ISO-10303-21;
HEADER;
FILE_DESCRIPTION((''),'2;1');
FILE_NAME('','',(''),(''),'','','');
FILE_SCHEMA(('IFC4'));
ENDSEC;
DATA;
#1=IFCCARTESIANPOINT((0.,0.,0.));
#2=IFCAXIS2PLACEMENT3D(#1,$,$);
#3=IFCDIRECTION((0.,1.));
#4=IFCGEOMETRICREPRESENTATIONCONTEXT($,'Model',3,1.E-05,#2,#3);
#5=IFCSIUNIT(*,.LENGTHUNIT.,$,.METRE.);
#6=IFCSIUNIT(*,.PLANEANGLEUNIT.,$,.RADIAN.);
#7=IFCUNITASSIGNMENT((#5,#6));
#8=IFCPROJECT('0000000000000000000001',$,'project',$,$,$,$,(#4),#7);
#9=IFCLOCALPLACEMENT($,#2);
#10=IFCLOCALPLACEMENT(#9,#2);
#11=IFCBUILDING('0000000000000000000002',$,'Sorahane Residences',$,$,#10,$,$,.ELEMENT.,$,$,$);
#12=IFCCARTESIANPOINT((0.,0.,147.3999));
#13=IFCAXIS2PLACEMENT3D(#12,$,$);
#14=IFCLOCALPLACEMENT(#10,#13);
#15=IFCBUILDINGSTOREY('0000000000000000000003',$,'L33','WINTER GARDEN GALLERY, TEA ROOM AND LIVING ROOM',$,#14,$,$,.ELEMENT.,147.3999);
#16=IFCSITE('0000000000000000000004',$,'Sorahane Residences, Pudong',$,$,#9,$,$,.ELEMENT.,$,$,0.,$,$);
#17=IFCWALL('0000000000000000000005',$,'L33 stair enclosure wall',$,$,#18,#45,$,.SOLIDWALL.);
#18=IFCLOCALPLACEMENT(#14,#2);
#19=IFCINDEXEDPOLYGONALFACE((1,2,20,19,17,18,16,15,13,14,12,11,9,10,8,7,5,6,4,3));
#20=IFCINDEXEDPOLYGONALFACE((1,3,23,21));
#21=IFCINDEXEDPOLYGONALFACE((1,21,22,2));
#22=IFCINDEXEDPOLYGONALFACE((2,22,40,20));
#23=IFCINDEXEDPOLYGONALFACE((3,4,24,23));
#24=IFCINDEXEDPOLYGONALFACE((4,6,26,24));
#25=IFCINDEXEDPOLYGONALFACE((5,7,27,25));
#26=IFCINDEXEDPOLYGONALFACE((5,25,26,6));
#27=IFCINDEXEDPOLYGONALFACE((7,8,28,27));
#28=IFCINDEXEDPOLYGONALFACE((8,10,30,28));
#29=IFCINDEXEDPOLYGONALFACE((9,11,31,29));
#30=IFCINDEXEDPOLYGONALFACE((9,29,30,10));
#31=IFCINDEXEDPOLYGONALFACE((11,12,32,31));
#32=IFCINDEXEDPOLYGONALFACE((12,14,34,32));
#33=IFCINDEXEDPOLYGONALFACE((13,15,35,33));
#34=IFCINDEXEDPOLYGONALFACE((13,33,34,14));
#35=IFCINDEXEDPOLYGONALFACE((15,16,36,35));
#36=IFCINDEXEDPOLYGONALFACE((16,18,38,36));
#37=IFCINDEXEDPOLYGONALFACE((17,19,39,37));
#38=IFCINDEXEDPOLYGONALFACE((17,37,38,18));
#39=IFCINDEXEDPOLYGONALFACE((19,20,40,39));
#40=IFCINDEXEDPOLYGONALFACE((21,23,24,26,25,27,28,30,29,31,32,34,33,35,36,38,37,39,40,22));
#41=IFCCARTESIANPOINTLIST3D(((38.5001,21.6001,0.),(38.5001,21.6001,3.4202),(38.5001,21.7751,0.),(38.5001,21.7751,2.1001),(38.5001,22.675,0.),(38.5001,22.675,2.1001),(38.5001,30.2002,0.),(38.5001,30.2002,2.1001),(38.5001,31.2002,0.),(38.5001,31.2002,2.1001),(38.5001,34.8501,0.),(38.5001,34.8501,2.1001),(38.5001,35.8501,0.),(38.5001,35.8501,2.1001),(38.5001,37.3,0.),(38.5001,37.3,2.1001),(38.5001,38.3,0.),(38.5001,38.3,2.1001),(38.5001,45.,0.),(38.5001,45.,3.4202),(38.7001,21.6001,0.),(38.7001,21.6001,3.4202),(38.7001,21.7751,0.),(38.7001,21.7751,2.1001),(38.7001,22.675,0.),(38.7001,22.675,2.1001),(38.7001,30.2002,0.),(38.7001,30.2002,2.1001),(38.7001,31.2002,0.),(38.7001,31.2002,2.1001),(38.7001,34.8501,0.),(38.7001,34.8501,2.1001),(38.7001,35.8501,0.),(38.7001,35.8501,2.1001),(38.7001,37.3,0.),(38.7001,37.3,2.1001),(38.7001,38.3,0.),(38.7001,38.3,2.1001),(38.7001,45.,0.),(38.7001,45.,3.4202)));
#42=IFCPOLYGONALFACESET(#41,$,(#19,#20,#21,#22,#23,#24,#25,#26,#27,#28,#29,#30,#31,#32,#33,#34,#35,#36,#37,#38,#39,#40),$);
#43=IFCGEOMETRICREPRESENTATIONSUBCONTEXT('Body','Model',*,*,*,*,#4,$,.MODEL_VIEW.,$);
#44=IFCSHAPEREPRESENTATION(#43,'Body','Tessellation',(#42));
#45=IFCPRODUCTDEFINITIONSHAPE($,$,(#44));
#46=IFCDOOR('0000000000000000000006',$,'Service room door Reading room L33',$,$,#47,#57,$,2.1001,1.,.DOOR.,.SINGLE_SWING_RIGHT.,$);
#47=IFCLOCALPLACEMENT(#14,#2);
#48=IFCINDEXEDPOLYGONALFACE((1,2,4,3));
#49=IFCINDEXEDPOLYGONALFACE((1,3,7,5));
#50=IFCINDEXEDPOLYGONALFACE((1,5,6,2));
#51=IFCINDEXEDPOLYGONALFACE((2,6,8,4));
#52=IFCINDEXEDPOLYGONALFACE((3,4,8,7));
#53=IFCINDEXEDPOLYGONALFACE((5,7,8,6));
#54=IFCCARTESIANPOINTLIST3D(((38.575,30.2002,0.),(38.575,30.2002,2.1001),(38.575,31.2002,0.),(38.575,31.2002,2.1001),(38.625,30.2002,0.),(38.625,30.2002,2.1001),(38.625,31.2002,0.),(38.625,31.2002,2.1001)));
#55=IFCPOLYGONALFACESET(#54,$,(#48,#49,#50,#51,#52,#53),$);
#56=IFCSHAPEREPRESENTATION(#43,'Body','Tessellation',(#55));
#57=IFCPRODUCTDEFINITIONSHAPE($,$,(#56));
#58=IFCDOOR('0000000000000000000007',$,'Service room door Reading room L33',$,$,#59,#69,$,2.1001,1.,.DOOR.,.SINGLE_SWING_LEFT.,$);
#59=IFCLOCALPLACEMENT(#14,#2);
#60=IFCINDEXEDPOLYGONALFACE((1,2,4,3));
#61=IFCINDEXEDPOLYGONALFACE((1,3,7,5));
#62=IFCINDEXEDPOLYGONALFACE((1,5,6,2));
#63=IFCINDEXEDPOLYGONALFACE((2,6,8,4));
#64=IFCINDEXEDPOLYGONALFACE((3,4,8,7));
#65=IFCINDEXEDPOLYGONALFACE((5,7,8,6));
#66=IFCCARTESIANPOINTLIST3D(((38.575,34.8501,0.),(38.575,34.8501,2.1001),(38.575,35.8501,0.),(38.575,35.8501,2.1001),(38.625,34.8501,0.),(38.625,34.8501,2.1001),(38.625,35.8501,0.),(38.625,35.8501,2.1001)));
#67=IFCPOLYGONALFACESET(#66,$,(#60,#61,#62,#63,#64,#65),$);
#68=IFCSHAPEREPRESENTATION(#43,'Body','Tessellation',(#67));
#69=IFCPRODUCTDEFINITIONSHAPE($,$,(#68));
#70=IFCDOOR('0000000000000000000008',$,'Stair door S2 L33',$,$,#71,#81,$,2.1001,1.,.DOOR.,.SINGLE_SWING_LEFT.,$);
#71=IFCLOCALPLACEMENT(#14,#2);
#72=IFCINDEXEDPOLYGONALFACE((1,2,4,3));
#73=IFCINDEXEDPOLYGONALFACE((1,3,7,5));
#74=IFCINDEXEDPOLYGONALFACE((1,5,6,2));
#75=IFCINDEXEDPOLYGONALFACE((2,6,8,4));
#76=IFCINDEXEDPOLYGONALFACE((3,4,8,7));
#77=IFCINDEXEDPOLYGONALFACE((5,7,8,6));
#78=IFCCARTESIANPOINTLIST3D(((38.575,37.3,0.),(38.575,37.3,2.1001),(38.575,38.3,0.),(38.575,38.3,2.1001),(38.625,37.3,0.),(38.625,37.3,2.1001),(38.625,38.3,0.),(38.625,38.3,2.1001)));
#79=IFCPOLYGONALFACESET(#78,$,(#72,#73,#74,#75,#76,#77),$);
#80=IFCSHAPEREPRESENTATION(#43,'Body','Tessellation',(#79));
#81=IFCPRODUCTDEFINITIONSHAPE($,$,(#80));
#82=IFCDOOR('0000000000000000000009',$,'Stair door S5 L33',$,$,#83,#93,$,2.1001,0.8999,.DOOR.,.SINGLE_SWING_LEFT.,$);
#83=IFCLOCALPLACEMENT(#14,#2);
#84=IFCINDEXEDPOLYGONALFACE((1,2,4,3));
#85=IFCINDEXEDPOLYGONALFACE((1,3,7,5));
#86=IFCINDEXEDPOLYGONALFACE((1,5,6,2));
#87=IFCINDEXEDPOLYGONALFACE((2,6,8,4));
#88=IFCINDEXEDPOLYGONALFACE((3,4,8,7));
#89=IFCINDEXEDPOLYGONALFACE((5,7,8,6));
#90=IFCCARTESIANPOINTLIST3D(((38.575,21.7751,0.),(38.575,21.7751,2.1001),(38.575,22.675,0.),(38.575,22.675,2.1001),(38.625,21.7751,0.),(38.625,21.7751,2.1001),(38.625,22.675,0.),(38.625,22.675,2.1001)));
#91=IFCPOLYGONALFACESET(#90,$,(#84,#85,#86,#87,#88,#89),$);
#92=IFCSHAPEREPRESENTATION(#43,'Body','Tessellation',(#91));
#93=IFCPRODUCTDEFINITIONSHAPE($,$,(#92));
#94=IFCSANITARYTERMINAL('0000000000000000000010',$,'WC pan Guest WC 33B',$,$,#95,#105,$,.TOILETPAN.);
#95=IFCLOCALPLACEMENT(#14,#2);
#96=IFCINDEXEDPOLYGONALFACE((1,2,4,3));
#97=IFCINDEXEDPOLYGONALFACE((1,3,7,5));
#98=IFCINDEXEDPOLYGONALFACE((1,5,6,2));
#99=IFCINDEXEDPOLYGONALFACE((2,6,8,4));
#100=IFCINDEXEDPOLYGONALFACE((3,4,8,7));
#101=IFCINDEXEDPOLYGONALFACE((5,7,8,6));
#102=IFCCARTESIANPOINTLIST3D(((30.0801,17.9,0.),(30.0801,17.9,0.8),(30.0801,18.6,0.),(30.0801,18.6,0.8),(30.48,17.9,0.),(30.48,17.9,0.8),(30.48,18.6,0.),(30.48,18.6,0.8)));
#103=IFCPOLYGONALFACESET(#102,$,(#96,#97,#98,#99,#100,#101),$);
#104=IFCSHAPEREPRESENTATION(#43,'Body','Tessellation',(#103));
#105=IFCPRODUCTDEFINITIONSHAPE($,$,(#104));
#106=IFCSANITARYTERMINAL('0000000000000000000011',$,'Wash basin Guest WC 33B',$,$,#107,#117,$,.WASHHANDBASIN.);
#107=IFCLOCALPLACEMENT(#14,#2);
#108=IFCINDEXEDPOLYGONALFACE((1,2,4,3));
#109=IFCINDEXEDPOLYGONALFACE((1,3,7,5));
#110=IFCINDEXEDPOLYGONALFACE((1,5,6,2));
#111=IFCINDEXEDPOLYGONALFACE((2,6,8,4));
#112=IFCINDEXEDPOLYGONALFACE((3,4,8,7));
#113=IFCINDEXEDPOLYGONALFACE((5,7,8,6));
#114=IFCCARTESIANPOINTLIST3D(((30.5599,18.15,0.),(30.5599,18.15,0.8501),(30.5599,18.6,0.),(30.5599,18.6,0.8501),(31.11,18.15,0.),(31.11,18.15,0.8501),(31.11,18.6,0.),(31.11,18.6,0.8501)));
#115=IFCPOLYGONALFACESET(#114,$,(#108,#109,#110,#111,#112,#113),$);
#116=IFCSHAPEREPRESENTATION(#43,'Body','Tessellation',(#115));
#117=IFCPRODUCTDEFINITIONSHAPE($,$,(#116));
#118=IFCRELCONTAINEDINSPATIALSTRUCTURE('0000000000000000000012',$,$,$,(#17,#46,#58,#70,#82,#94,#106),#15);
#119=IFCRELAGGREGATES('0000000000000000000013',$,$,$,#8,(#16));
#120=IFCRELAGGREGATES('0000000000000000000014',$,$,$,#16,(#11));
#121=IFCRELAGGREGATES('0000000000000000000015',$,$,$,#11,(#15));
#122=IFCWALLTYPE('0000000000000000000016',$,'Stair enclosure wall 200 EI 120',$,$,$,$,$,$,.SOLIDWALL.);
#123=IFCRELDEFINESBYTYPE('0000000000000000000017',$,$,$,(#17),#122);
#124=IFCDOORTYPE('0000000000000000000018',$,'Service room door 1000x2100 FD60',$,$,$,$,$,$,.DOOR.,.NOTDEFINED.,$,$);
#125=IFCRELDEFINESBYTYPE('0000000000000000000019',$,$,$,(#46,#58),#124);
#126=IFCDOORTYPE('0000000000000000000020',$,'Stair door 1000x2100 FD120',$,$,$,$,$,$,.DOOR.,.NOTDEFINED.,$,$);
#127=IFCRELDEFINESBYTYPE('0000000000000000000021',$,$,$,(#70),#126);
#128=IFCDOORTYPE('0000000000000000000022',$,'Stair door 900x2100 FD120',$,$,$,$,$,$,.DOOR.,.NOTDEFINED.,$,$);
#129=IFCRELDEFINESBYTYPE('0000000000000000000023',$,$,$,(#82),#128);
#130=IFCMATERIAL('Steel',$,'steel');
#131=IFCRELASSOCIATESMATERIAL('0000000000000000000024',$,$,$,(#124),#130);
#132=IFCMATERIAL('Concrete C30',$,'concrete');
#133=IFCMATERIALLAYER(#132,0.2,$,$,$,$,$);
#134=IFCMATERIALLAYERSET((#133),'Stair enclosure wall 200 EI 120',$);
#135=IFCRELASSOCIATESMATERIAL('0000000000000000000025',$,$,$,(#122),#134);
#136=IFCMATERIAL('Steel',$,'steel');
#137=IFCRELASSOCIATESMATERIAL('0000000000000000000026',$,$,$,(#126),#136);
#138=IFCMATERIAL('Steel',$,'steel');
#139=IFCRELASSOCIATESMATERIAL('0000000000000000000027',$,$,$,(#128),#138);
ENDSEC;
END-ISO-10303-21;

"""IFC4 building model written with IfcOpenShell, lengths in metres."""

from ifc_helpers import new_model, si_unit, direction, frame, frame_2d, origin, origin_2d, place, context, subcontext, project, spatial, rectangle, extrude, material, layer, layer_set, type_object, element, fill, save


model = new_model("IFC4")

# Units and contexts
model_context = context("Model", 3, precision=1e-05, world=origin(), true_north=direction((0.0, 1.0)))
body_context = subcontext(model_context, "Body", "Model", "MODEL_VIEW")
ifc_project = project(units=[si_unit("LENGTHUNIT", "METRE"), si_unit("PLANEANGLEUNIT", "RADIAN")], contexts=[model_context])

# Site, building, storey
site_placement = place(None, origin())
site = spatial("IfcSite", under=ifc_project, at=site_placement, Name="Sorahane Residences, Pudong", CompositionType="ELEMENT", RefElevation=0.0)
building_placement = place(site_placement, origin())
building = spatial("IfcBuilding", under=site, at=building_placement, Name="Sorahane Residences", CompositionType="ELEMENT")
storey_placement = place(building_placement, frame((0.0, 0.0, 147.3999)))
storey = spatial("IfcBuildingStorey", under=building, at=storey_placement, Name="L33", Description="WINTER GARDEN GALLERY, TEA ROOM AND LIVING ROOM", CompositionType="ELEMENT", Elevation=147.3999)

# Shared definitions
ifc_material_1 = material(Name="Steel", Category="steel")
door_type_1 = type_object("IfcDoorType", Name="Service room door 1000x2100 FD60", OperationType="NOTDEFINED", PredefinedType="DOOR", material=ifc_material_1)

# Wall, openings, doors
ifc_material_2 = material(Name="Concrete C30", Category="concrete")
ifc_layer_1 = layer(ifc_material_2, 0.2)
ifc_layer_set_1 = layer_set([ifc_layer_1], Name="Stair enclosure wall 200 EI 120")
wall_type_1 = type_object("IfcWallType", Name="Stair enclosure wall 200 EI 120", PredefinedType="SOLIDWALL", material=ifc_layer_set_1)
wall_1_placement = place(storey_placement, frame((38.6001, 21.6001, 0.0), z_axis=(0.0, 0.0, 1.0), x_axis=(0.0, 1.0, 0.0)))
wall_1 = element("IfcWall", 1, at=wall_1_placement, inside=storey, type_object=wall_type_1, Name="L33 stair enclosure wall", PredefinedType="SOLIDWALL", context=body_context, shape_type="SweptSolid", body=[
    extrude(rectangle(XDim=23.3999, YDim=0.2, at=frame_2d((11.7, 0.0))), origin(), (0.0, 0.0, 1.0), 3.4202),
])
opening_1_placement = place(wall_1_placement, frame((8.6001, 0.0, 0.0)))
opening_1 = element("IfcOpeningElement", 2, at=opening_1_placement, cuts=wall_1, PredefinedType="OPENING", context=body_context, shape_type="SweptSolid", body=[
    extrude(rectangle(XDim=1.0, YDim=2.1001, at=frame_2d((0.5, 1.05))), frame((0.0, 0.1099, 0.0), z_axis=(0.0, -1.0, 0.0), x_axis=(1.0, 0.0, 0.0)), (0.0, 0.0, 1.0), 0.22),
])
opening_2_placement = place(wall_1_placement, frame((13.25, 0.0, 0.0)))
opening_2 = element("IfcOpeningElement", 3, at=opening_2_placement, cuts=wall_1, PredefinedType="OPENING", context=body_context, shape_type="SweptSolid", body=[
    extrude(rectangle(XDim=1.0, YDim=2.1001, at=frame_2d((0.5, 1.05))), frame((0.0, 0.1099, 0.0), z_axis=(0.0, -1.0, 0.0), x_axis=(1.0, 0.0, 0.0)), (0.0, 0.0, 1.0), 0.22),
])
opening_3_placement = place(wall_1_placement, frame((15.7, 0.0, 0.0)))
opening_3 = element("IfcOpeningElement", 4, at=opening_3_placement, cuts=wall_1, PredefinedType="OPENING", context=body_context, shape_type="SweptSolid", body=[
    extrude(rectangle(XDim=1.0, YDim=2.1001, at=frame_2d((0.5, 1.05))), frame((0.0, 0.1099, 0.0), z_axis=(0.0, -1.0, 0.0), x_axis=(1.0, 0.0, 0.0)), (0.0, 0.0, 1.0), 0.22),
])
opening_4_placement = place(wall_1_placement, frame((0.175, 0.0, 0.0)))
opening_4 = element("IfcOpeningElement", 5, at=opening_4_placement, cuts=wall_1, PredefinedType="OPENING", context=body_context, shape_type="SweptSolid", body=[
    extrude(rectangle(XDim=0.8999, YDim=2.1001, at=frame_2d((0.45, 1.05))), frame((0.0, 0.1099, 0.0), z_axis=(0.0, -1.0, 0.0), x_axis=(1.0, 0.0, 0.0)), (0.0, 0.0, 1.0), 0.22),
])
door_1_placement = place(opening_1_placement, frame((1.0, 0.0, 0.0), z_axis=(0.0, 0.0, 1.0), x_axis=(-1.0, 0.0, 0.0)))
door_1 = element("IfcDoor", 6, at=door_1_placement, inside=storey, type_object=door_type_1, Name="Service room door Reading room L33", OperationType="SINGLE_SWING_RIGHT", OverallHeight=2.1001, OverallWidth=1.0, PredefinedType="DOOR", context=body_context, shape_type="SweptSolid", body=[
    extrude(rectangle(XDim=1.0, YDim=2.1001, at=frame_2d((0.5, 1.05))), frame((0.0, 0.0249, 0.0), z_axis=(0.0, -1.0, 0.0), x_axis=(1.0, 0.0, 0.0)), (0.0, 0.0, 1.0), 0.05),
])
fill(opening_1, door_1)
door_2_placement = place(opening_2_placement, frame((1.0, 0.0, 0.0), z_axis=(0.0, 0.0, 1.0), x_axis=(-1.0, 0.0, 0.0)))
door_2 = element("IfcDoor", 7, at=door_2_placement, inside=storey, type_object=door_type_1, Name="Service room door Reading room L33", OperationType="SINGLE_SWING_LEFT", OverallHeight=2.1001, OverallWidth=1.0, PredefinedType="DOOR", context=body_context, shape_type="SweptSolid", body=[
    extrude(rectangle(XDim=1.0, YDim=2.1001, at=frame_2d((0.5, 1.05))), frame((0.0, 0.0249, 0.0), z_axis=(0.0, -1.0, 0.0), x_axis=(1.0, 0.0, 0.0)), (0.0, 0.0, 1.0), 0.05),
])
fill(opening_2, door_2)
ifc_material_3 = material(Name="Steel", Category="steel")
door_type_2 = type_object("IfcDoorType", Name="Stair door 1000x2100 FD120", OperationType="NOTDEFINED", PredefinedType="DOOR", material=ifc_material_3)
door_3_placement = place(opening_3_placement, frame((1.0, 0.0, 0.0), z_axis=(0.0, 0.0, 1.0), x_axis=(-1.0, 0.0, 0.0)))
door_3 = element("IfcDoor", 8, at=door_3_placement, inside=storey, type_object=door_type_2, Name="Stair door S2 L33", OperationType="SINGLE_SWING_LEFT", OverallHeight=2.1001, OverallWidth=1.0, PredefinedType="DOOR", context=body_context, shape_type="SweptSolid", body=[
    extrude(rectangle(XDim=1.0, YDim=2.1001, at=frame_2d((0.5, 1.05))), frame((0.0, 0.0249, 0.0), z_axis=(0.0, -1.0, 0.0), x_axis=(1.0, 0.0, 0.0)), (0.0, 0.0, 1.0), 0.05),
])
fill(opening_3, door_3)
ifc_material_4 = material(Name="Steel", Category="steel")
door_type_3 = type_object("IfcDoorType", Name="Stair door 900x2100 FD120", OperationType="NOTDEFINED", PredefinedType="DOOR", material=ifc_material_4)
door_4_placement = place(opening_4_placement, frame((0.8999, 0.0, 0.0), z_axis=(0.0, 0.0, 1.0), x_axis=(-1.0, 0.0, 0.0)))
door_4 = element("IfcDoor", 9, at=door_4_placement, inside=storey, type_object=door_type_3, Name="Stair door S5 L33", OperationType="SINGLE_SWING_LEFT", OverallHeight=2.1001, OverallWidth=0.8999, PredefinedType="DOOR", context=body_context, shape_type="SweptSolid", body=[
    extrude(rectangle(XDim=0.8999, YDim=2.1001, at=frame_2d((0.45, 1.05))), frame((0.0, 0.0249, 0.0), z_axis=(0.0, -1.0, 0.0), x_axis=(1.0, 0.0, 0.0)), (0.0, 0.0, 1.0), 0.05),
])
fill(opening_4, door_4)

# Sanitary terminals
sanitary_terminal_1_placement = place(storey_placement, frame((30.28, 18.25, 0.0), z_axis=(0.0, 0.0, 1.0), x_axis=(1.0, 0.0, 0.0)))
element("IfcSanitaryTerminal", 10, at=sanitary_terminal_1_placement, inside=storey, Name="WC pan Guest WC 33B", PredefinedType="TOILETPAN", context=body_context, shape_type="SweptSolid", body=[
    extrude(rectangle(XDim=0.3999, YDim=0.7, at=origin_2d()), origin(), (0.0, 0.0, 1.0), 0.8),
])
sanitary_terminal_2_placement = place(storey_placement, frame((30.835, 18.375, 0.0), z_axis=(0.0, 0.0, 1.0), x_axis=(1.0, 0.0, 0.0)))
element("IfcSanitaryTerminal", 11, at=sanitary_terminal_2_placement, inside=storey, Name="Wash basin Guest WC 33B", PredefinedType="WASHHANDBASIN", context=body_context, shape_type="SweptSolid", body=[
    extrude(rectangle(XDim=0.55, YDim=0.45, at=origin_2d()), origin(), (0.0, 0.0, 1.0), 0.8501),
])

save(model, "model.ifc")
